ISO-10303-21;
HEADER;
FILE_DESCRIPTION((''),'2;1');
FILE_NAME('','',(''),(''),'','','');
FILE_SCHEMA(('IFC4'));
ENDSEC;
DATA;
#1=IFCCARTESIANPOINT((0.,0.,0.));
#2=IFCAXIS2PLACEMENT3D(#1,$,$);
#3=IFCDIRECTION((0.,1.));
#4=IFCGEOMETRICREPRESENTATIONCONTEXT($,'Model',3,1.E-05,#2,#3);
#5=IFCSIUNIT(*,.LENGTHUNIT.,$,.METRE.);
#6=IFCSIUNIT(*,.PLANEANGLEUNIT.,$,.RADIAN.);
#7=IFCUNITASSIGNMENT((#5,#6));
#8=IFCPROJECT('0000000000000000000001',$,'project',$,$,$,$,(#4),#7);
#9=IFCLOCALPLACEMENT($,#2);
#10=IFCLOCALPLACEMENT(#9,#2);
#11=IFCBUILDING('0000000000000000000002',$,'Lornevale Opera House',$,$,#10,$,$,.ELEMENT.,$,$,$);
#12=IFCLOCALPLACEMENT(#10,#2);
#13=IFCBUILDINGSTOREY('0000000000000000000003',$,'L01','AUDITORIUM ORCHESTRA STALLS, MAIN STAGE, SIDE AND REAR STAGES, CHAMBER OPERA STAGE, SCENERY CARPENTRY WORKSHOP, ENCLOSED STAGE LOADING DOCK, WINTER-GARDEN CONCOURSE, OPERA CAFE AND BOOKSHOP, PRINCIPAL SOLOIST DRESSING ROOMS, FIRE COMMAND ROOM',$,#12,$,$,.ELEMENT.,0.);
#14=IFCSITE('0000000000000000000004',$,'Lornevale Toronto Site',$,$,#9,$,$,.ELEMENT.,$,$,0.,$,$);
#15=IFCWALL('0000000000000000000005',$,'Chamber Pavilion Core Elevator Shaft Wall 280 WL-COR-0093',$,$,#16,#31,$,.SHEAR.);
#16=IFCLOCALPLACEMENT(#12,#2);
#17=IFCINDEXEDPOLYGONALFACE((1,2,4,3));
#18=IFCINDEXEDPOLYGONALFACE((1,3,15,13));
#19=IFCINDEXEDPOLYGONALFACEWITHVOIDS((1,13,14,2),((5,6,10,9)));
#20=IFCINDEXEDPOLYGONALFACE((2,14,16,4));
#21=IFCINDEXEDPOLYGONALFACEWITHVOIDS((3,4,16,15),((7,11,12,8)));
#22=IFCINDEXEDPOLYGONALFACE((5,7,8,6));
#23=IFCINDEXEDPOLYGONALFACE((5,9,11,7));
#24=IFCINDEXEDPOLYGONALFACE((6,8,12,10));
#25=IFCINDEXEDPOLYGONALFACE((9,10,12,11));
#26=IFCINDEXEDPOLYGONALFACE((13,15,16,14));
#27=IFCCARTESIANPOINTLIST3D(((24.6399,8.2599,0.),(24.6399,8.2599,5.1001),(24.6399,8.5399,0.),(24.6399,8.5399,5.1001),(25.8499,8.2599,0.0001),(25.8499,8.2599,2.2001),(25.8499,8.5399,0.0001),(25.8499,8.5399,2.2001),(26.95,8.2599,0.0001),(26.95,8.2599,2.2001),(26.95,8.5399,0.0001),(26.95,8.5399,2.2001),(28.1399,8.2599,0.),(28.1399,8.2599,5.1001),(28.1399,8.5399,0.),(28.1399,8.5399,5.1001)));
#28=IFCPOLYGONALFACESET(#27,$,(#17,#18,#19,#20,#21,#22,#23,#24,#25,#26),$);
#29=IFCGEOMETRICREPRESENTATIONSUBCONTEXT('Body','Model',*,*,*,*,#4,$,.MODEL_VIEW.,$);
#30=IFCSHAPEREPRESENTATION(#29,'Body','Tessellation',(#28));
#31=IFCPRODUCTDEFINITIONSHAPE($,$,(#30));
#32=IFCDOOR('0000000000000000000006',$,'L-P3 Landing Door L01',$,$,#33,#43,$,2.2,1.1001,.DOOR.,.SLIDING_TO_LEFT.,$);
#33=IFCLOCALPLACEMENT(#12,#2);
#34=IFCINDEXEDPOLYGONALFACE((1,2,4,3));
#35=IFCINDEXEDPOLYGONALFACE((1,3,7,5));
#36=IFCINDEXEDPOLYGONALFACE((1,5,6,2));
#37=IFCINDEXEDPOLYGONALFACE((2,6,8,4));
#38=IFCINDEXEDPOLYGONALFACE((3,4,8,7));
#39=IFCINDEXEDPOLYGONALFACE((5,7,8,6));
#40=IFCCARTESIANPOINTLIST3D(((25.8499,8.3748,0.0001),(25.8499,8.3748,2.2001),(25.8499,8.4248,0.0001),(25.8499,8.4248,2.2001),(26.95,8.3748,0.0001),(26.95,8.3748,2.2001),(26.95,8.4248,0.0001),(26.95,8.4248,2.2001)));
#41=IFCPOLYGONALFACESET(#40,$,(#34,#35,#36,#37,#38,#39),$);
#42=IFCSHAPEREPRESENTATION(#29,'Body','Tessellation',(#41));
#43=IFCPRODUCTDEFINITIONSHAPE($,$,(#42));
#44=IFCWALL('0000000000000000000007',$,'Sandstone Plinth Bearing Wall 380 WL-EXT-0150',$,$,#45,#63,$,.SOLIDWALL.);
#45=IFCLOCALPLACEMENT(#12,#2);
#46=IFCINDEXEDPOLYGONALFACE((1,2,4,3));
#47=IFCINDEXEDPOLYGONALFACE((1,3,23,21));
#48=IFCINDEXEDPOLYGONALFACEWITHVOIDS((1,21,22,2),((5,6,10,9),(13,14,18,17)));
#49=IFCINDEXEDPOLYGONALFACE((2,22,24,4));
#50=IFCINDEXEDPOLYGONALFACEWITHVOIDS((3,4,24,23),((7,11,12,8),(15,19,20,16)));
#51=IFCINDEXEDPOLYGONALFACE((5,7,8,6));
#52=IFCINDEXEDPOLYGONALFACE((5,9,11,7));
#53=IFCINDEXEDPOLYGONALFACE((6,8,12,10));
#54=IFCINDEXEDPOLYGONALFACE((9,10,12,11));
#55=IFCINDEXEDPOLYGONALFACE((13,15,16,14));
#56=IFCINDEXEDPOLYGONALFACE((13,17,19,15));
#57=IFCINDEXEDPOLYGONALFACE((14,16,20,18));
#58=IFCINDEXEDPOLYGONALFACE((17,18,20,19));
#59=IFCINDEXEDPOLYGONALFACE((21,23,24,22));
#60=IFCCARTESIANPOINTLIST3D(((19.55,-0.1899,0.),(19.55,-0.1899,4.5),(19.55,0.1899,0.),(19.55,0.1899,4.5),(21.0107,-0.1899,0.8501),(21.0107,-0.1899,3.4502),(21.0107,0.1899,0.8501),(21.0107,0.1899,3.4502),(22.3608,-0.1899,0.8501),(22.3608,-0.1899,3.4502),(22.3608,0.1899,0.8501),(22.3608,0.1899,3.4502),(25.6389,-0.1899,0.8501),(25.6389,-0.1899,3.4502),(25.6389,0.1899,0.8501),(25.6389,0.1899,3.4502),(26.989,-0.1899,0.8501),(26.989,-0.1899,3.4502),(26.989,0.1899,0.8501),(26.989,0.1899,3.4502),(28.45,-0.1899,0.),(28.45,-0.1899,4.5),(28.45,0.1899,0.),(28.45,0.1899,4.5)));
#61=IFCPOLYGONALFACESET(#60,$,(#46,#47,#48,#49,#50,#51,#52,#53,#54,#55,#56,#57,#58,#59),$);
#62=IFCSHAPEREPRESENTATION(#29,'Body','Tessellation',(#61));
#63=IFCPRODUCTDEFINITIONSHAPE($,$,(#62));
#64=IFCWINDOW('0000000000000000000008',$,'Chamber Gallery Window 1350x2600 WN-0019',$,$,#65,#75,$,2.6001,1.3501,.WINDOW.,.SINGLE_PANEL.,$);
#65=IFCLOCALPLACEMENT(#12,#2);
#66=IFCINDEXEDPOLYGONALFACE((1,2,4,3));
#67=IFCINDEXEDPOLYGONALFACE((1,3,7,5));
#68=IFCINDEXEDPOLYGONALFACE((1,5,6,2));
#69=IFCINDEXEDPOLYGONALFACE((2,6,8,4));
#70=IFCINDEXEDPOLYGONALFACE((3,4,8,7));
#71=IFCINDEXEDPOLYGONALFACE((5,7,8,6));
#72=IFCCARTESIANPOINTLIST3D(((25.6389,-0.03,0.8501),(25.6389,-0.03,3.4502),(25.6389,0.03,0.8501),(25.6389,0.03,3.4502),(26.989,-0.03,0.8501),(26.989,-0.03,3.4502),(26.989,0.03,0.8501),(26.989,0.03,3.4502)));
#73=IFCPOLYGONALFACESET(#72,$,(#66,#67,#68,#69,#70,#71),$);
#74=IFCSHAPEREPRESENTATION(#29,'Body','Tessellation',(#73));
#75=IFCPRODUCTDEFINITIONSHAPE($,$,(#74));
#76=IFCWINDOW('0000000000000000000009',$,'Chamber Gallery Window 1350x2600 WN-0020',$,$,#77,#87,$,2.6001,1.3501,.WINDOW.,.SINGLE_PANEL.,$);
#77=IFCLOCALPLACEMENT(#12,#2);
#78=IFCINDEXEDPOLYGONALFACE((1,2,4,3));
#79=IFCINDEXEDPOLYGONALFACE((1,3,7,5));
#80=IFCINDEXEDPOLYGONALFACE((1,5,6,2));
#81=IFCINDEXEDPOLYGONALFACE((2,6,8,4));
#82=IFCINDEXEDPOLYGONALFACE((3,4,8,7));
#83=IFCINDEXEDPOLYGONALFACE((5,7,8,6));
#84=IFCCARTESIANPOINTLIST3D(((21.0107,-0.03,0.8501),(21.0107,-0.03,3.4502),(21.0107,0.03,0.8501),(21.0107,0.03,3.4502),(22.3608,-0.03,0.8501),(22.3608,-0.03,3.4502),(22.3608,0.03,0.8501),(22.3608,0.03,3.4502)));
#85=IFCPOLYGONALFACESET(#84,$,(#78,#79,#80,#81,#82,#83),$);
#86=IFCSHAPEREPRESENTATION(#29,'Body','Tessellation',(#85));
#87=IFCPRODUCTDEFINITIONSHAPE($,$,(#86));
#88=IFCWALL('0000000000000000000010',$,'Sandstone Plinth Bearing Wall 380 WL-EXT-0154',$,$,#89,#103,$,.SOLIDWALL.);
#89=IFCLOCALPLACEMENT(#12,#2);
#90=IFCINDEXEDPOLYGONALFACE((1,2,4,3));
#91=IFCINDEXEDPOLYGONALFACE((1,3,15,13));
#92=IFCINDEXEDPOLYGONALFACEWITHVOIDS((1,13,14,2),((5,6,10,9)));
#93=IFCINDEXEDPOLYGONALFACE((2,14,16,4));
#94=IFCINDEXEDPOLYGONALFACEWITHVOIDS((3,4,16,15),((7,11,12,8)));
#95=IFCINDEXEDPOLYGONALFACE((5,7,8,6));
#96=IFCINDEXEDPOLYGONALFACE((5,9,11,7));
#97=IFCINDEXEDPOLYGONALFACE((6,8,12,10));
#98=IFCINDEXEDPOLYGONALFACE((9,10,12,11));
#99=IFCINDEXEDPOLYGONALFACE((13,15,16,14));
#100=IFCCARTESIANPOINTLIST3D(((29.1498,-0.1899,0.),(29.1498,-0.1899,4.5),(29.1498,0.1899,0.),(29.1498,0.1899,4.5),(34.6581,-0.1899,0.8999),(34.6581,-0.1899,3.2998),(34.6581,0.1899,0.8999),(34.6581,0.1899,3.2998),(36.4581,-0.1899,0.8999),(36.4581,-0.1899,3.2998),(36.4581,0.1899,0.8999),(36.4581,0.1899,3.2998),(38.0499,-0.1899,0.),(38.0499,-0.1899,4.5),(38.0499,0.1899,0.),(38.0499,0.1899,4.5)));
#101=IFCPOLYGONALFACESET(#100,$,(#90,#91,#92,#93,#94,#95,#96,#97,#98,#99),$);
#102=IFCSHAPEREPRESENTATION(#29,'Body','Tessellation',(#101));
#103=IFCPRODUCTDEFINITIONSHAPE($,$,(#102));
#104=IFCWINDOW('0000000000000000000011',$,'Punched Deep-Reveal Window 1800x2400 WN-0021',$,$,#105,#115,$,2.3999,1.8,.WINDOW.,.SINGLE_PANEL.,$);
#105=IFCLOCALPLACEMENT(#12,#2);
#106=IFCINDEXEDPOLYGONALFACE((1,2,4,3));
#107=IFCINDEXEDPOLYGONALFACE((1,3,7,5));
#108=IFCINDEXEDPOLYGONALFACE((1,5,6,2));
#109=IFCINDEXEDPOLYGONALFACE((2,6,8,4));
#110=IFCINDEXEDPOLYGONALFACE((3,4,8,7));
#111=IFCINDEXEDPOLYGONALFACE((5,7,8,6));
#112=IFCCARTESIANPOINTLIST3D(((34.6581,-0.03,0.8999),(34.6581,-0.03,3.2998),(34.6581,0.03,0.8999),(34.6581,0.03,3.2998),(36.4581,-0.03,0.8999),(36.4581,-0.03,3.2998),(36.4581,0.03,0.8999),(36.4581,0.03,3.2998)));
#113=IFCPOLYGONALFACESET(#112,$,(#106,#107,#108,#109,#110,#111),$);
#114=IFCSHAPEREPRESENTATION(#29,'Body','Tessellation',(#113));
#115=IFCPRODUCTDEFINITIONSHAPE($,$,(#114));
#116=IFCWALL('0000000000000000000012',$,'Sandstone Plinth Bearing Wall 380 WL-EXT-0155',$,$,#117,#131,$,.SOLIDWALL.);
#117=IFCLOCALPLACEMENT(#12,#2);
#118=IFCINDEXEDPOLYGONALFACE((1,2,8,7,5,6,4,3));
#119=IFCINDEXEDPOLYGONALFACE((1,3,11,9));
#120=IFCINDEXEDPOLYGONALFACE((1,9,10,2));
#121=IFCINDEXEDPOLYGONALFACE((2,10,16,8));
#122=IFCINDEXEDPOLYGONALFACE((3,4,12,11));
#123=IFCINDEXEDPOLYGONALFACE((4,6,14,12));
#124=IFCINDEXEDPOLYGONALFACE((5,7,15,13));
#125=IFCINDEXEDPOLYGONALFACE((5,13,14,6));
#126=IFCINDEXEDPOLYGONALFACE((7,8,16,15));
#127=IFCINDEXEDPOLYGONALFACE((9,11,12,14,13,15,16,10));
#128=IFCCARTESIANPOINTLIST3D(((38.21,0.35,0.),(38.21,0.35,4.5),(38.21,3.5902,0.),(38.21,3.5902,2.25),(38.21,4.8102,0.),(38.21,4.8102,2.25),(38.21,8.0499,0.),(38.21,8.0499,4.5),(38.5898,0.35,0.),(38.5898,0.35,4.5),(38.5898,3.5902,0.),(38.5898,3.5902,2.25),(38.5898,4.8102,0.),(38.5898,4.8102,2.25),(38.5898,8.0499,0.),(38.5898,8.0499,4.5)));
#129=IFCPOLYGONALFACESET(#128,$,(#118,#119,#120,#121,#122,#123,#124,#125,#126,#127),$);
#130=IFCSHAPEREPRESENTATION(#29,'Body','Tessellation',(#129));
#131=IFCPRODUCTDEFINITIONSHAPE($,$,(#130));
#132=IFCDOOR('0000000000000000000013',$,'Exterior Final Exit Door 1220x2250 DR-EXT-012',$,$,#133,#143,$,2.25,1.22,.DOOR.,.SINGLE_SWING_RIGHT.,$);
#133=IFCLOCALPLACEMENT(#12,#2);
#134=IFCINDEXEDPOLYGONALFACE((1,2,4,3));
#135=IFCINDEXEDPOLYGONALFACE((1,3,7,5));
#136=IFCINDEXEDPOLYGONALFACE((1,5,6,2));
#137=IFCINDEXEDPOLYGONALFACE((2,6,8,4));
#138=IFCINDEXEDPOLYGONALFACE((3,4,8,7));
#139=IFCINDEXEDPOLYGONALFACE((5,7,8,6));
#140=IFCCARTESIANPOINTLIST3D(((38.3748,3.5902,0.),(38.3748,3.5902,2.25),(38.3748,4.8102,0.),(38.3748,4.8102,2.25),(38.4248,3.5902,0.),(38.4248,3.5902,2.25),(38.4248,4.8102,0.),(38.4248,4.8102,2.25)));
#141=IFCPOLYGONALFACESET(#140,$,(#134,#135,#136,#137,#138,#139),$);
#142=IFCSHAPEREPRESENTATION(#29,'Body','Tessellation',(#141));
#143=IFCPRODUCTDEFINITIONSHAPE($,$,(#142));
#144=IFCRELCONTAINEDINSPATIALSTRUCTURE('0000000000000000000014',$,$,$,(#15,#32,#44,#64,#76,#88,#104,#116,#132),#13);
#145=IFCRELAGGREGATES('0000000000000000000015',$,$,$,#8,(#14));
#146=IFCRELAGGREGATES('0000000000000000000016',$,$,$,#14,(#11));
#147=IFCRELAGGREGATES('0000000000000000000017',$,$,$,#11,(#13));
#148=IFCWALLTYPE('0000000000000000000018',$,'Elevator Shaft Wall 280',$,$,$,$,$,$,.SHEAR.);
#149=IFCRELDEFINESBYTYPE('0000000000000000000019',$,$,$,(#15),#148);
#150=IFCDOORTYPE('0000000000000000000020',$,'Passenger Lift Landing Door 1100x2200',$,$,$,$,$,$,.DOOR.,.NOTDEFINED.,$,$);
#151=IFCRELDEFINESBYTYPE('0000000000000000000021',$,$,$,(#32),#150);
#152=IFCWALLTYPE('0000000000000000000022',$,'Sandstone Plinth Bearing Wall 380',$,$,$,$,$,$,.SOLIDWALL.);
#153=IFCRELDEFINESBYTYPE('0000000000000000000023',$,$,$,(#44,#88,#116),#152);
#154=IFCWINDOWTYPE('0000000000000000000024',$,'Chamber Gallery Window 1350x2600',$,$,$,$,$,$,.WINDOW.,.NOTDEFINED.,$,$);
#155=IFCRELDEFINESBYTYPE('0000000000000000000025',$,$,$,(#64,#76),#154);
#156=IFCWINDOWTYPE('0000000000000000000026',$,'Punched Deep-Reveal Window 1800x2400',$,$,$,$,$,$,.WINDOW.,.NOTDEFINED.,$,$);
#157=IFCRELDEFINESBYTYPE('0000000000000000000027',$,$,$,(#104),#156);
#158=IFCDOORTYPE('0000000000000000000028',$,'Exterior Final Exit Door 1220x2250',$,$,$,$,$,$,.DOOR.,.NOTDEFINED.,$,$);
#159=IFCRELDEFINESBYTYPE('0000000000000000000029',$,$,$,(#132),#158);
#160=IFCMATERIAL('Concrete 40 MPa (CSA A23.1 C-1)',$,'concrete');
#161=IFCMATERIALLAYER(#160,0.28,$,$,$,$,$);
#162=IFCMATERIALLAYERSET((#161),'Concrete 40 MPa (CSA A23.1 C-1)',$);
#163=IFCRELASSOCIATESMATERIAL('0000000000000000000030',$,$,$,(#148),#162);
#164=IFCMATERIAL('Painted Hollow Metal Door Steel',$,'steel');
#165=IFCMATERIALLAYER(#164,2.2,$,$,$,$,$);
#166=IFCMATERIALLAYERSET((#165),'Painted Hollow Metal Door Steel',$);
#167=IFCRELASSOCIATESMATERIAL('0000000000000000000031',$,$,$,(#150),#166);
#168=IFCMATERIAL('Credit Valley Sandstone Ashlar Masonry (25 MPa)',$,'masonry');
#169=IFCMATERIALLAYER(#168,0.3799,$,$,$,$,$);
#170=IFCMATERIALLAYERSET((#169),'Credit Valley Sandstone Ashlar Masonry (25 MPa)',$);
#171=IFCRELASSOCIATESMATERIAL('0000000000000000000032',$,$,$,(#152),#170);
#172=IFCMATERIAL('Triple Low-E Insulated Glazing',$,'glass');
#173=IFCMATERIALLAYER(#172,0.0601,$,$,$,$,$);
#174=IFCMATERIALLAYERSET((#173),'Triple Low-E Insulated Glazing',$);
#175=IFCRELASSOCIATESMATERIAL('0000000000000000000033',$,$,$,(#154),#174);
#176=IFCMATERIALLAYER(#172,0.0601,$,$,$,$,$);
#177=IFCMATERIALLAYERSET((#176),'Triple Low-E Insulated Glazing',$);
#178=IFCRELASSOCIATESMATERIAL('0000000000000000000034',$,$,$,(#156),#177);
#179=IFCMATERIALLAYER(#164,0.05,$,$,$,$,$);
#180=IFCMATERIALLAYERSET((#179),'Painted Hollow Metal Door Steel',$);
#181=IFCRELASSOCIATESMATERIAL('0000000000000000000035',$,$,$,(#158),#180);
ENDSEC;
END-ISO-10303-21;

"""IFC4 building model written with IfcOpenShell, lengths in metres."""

from ifc_helpers import new_model, si_unit, direction, frame, frame_2d, origin, place, context, subcontext, project, spatial, rectangle, extrude, material, layer, layer_set, type_object, element, fill, save


model = new_model("IFC4")

# Units and contexts
model_context = context("Model", 3, precision=1e-05, world=origin(), true_north=direction((0.0, 1.0)))
body_context = subcontext(model_context, "Body", "Model", "MODEL_VIEW")
ifc_project = project(units=[si_unit("LENGTHUNIT", "METRE"), si_unit("PLANEANGLEUNIT", "RADIAN")], contexts=[model_context])

# Site, building, storey
site_placement = place(None, origin())
site = spatial("IfcSite", under=ifc_project, at=site_placement, Name="Lornevale Toronto Site", CompositionType="ELEMENT", RefElevation=0.0)
building_placement = place(site_placement, origin())
building = spatial("IfcBuilding", under=site, at=building_placement, Name="Lornevale Opera House", CompositionType="ELEMENT")
storey_placement = place(building_placement, origin())
storey = spatial("IfcBuildingStorey", under=building, at=storey_placement, Name="L01", Description="AUDITORIUM ORCHESTRA STALLS, MAIN STAGE, SIDE AND REAR STAGES, CHAMBER OPERA STAGE, SCENERY CARPENTRY WORKSHOP, ENCLOSED STAGE LOADING DOCK, WINTER-GARDEN CONCOURSE, OPERA CAFE AND BOOKSHOP, PRINCIPAL SOLOIST DRESSING ROOMS, FIRE COMMAND ROOM", CompositionType="ELEMENT", Elevation=0.0)

# Shared definitions
ifc_material_1 = material(Name="Concrete 40 MPa (CSA A23.1 C-1)", Category="concrete")

# Wall, opening, door
ifc_layer_1 = layer(ifc_material_1, 0.28)
ifc_layer_set_1 = layer_set([ifc_layer_1], Name="Concrete 40 MPa (CSA A23.1 C-1)")
wall_type_1 = type_object("IfcWallType", Name="Elevator Shaft Wall 280", PredefinedType="SHEAR", material=ifc_layer_set_1)
wall_1_placement = place(storey_placement, frame((24.6399, 8.3999, 0.0), z_axis=(0.0, 0.0, 1.0), x_axis=(1.0, 0.0, 0.0)))
wall_1 = element("IfcWall", 1, at=wall_1_placement, inside=storey, type_object=wall_type_1, Name="Chamber Pavilion Core Elevator Shaft Wall 280 WL-COR-0093", PredefinedType="SHEAR", context=body_context, shape_type="SweptSolid", body=[
    extrude(rectangle(XDim=3.5, YDim=0.28, at=frame_2d((1.75, 0.0))), origin(), (0.0, 0.0, 1.0), 5.1001),
])
opening_1_placement = place(wall_1_placement, frame((1.21, 0.0, 0.0)))
opening_1 = element("IfcOpeningElement", 2, at=opening_1_placement, cuts=wall_1, PredefinedType="OPENING", context=body_context, shape_type="SweptSolid", body=[
    extrude(rectangle(XDim=1.1001, YDim=2.2, at=frame_2d((0.55, 1.1001))), frame((0.0, 0.1499, 0.0), z_axis=(0.0, -1.0, 0.0), x_axis=(1.0, 0.0, 0.0)), (0.0, 0.0, 1.0), 0.3),
])
ifc_material_2 = material(Name="Painted Hollow Metal Door Steel", Category="steel")
ifc_layer_2 = layer(ifc_material_2, 2.2)
ifc_layer_set_2 = layer_set([ifc_layer_2], Name="Painted Hollow Metal Door Steel")
door_type_1 = type_object("IfcDoorType", Name="Passenger Lift Landing Door 1100x2200", OperationType="NOTDEFINED", PredefinedType="DOOR", material=ifc_layer_set_2)
door_1_placement = place(opening_1_placement, origin())
door_1 = element("IfcDoor", 3, at=door_1_placement, inside=storey, type_object=door_type_1, Name="L-P3 Landing Door L01", OperationType="SLIDING_TO_LEFT", OverallHeight=2.2, OverallWidth=1.1001, PredefinedType="DOOR", context=body_context, shape_type="SweptSolid", body=[
    extrude(rectangle(XDim=1.1001, YDim=2.2, at=frame_2d((0.55, 1.1001))), frame((0.0, 0.0249, 0.0), z_axis=(0.0, -1.0, 0.0), x_axis=(1.0, 0.0, 0.0)), (0.0, 0.0, 1.0), 0.05),
])
fill(opening_1, door_1)

# Wall, openings, windows
ifc_material_3 = material(Name="Credit Valley Sandstone Ashlar Masonry (25 MPa)", Category="masonry")
ifc_layer_3 = layer(ifc_material_3, 0.3799)
ifc_layer_set_3 = layer_set([ifc_layer_3], Name="Credit Valley Sandstone Ashlar Masonry (25 MPa)")
wall_type_2 = type_object("IfcWallType", Name="Sandstone Plinth Bearing Wall 380", PredefinedType="SOLIDWALL", material=ifc_layer_set_3)
wall_2_placement = place(storey_placement, frame((28.45, 0.0, 0.0), z_axis=(0.0, 0.0, 1.0), x_axis=(-1.0, 0.0, 0.0)))
wall_2 = element("IfcWall", 4, at=wall_2_placement, inside=storey, type_object=wall_type_2, Name="Sandstone Plinth Bearing Wall 380 WL-EXT-0150", PredefinedType="SOLIDWALL", context=body_context, shape_type="SweptSolid", body=[
    extrude(rectangle(XDim=8.8999, YDim=0.3799, at=frame_2d((4.45, 0.0))), origin(), (0.0, 0.0, 1.0), 4.5),
])
opening_2_placement = place(wall_2_placement, frame((1.4609, 0.0, 0.8501)))
opening_2 = element("IfcOpeningElement", 5, at=opening_2_placement, cuts=wall_2, PredefinedType="OPENING", context=body_context, shape_type="SweptSolid", body=[
    extrude(rectangle(XDim=1.3501, YDim=2.6001, at=frame_2d((0.675, 1.3))), frame((0.0, 0.2, 0.0), z_axis=(0.0, -1.0, 0.0), x_axis=(1.0, 0.0, 0.0)), (0.0, 0.0, 1.0), 0.3999),
])
opening_3_placement = place(wall_2_placement, frame((6.0891, 0.0, 0.8501)))
opening_3 = element("IfcOpeningElement", 6, at=opening_3_placement, cuts=wall_2, PredefinedType="OPENING", context=body_context, shape_type="SweptSolid", body=[
    extrude(rectangle(XDim=1.3501, YDim=2.6001, at=frame_2d((0.675, 1.3))), frame((0.0, 0.2, 0.0), z_axis=(0.0, -1.0, 0.0), x_axis=(1.0, 0.0, 0.0)), (0.0, 0.0, 1.0), 0.3999),
])
ifc_material_4 = material(Name="Triple Low-E Insulated Glazing", Category="glass")
ifc_layer_4 = layer(ifc_material_4, 0.0601)
ifc_layer_set_4 = layer_set([ifc_layer_4], Name="Triple Low-E Insulated Glazing")
window_type_1 = type_object("IfcWindowType", Name="Chamber Gallery Window 1350x2600", PartitioningType="NOTDEFINED", PredefinedType="WINDOW", material=ifc_layer_set_4)
window_1_placement = place(opening_2_placement, origin())
window_1 = element("IfcWindow", 7, at=window_1_placement, inside=storey, type_object=window_type_1, Name="Chamber Gallery Window 1350x2600 WN-0019", OverallHeight=2.6001, OverallWidth=1.3501, PartitioningType="SINGLE_PANEL", PredefinedType="WINDOW", context=body_context, shape_type="SweptSolid", body=[
    extrude(rectangle(XDim=1.3501, YDim=2.6001, at=frame_2d((0.675, 1.3))), frame((0.0, 0.03, 0.0), z_axis=(0.0, -1.0, 0.0), x_axis=(1.0, 0.0, 0.0)), (0.0, 0.0, 1.0), 0.0601),
])
fill(opening_2, window_1)
window_2_placement = place(opening_3_placement, origin())
window_2 = element("IfcWindow", 8, at=window_2_placement, inside=storey, type_object=window_type_1, Name="Chamber Gallery Window 1350x2600 WN-0020", OverallHeight=2.6001, OverallWidth=1.3501, PartitioningType="SINGLE_PANEL", PredefinedType="WINDOW", context=body_context, shape_type="SweptSolid", body=[
    extrude(rectangle(XDim=1.3501, YDim=2.6001, at=frame_2d((0.675, 1.3))), frame((0.0, 0.03, 0.0), z_axis=(0.0, -1.0, 0.0), x_axis=(1.0, 0.0, 0.0)), (0.0, 0.0, 1.0), 0.0601),
])
fill(opening_3, window_2)

# Wall, opening, window
wall_3_placement = place(storey_placement, frame((38.05, 0.0, 0.0), z_axis=(0.0, 0.0, 1.0), x_axis=(-1.0, 0.0, 0.0)))
wall_3 = element("IfcWall", 9, at=wall_3_placement, inside=storey, type_object=wall_type_2, Name="Sandstone Plinth Bearing Wall 380 WL-EXT-0154", PredefinedType="SOLIDWALL", context=body_context, shape_type="SweptSolid", body=[
    extrude(rectangle(XDim=8.9001, YDim=0.3799, at=frame_2d((4.4502, 0.0))), origin(), (0.0, 0.0, 1.0), 4.5),
])
opening_4_placement = place(wall_3_placement, frame((1.592, 0.0, 0.8999)))
opening_4 = element("IfcOpeningElement", 10, at=opening_4_placement, cuts=wall_3, PredefinedType="OPENING", context=body_context, shape_type="SweptSolid", body=[
    extrude(rectangle(XDim=1.8, YDim=2.3999, at=frame_2d((0.8999, 1.2))), frame((0.0, 0.2, 0.0), z_axis=(0.0, -1.0, 0.0), x_axis=(1.0, 0.0, 0.0)), (0.0, 0.0, 1.0), 0.3999),
])
ifc_layer_5 = layer(ifc_material_4, 0.0601)
ifc_layer_set_5 = layer_set([ifc_layer_5], Name="Triple Low-E Insulated Glazing")
window_type_2 = type_object("IfcWindowType", Name="Punched Deep-Reveal Window 1800x2400", PartitioningType="NOTDEFINED", PredefinedType="WINDOW", material=ifc_layer_set_5)
window_3_placement = place(opening_4_placement, origin())
window_3 = element("IfcWindow", 11, at=window_3_placement, inside=storey, type_object=window_type_2, Name="Punched Deep-Reveal Window 1800x2400 WN-0021", OverallHeight=2.3999, OverallWidth=1.8, PartitioningType="SINGLE_PANEL", PredefinedType="WINDOW", context=body_context, shape_type="SweptSolid", body=[
    extrude(rectangle(XDim=1.8, YDim=2.3999, at=frame_2d((0.8999, 1.2))), frame((0.0, 0.03, 0.0), z_axis=(0.0, -1.0, 0.0), x_axis=(1.0, 0.0, 0.0)), (0.0, 0.0, 1.0), 0.0601),
])
fill(opening_4, window_3)

# Wall, opening, door
wall_4_placement = place(storey_placement, frame((38.3999, 8.05, 0.0), z_axis=(0.0, 0.0, 1.0), x_axis=(0.0, -1.0, 0.0)))
wall_4 = element("IfcWall", 12, at=wall_4_placement, inside=storey, type_object=wall_type_2, Name="Sandstone Plinth Bearing Wall 380 WL-EXT-0155", PredefinedType="SOLIDWALL", context=body_context, shape_type="SweptSolid", body=[
    extrude(rectangle(XDim=7.7, YDim=0.3799, at=frame_2d((3.8501, 0.0))), origin(), (0.0, 0.0, 1.0), 4.5),
])
opening_5_placement = place(wall_4_placement, frame((3.24, 0.0, 0.0)))
opening_5 = element("IfcOpeningElement", 13, at=opening_5_placement, cuts=wall_4, PredefinedType="OPENING", context=body_context, shape_type="SweptSolid", body=[
    extrude(rectangle(XDim=1.22, YDim=2.25, at=frame_2d((0.6099, 1.125))), frame((0.0, 0.2, 0.0), z_axis=(0.0, -1.0, 0.0), x_axis=(1.0, 0.0, 0.0)), (0.0, 0.0, 1.0), 0.3999),
])
ifc_layer_6 = layer(ifc_material_2, 0.05)
ifc_layer_set_6 = layer_set([ifc_layer_6], Name="Painted Hollow Metal Door Steel")
door_type_2 = type_object("IfcDoorType", Name="Exterior Final Exit Door 1220x2250", OperationType="NOTDEFINED", PredefinedType="DOOR", material=ifc_layer_set_6)
door_2_placement = place(opening_5_placement, origin())
door_2 = element("IfcDoor", 14, at=door_2_placement, inside=storey, type_object=door_type_2, Name="Exterior Final Exit Door 1220x2250 DR-EXT-012", OperationType="SINGLE_SWING_RIGHT", OverallHeight=2.25, OverallWidth=1.22, PredefinedType="DOOR", context=body_context, shape_type="SweptSolid", body=[
    extrude(rectangle(XDim=1.22, YDim=2.25, at=frame_2d((0.6099, 1.125))), frame((0.0, 0.0249, 0.0), z_axis=(0.0, -1.0, 0.0), x_axis=(1.0, 0.0, 0.0)), (0.0, 0.0, 1.0), 0.05),
])
fill(opening_5, door_2)

save(model, "model.ifc")
